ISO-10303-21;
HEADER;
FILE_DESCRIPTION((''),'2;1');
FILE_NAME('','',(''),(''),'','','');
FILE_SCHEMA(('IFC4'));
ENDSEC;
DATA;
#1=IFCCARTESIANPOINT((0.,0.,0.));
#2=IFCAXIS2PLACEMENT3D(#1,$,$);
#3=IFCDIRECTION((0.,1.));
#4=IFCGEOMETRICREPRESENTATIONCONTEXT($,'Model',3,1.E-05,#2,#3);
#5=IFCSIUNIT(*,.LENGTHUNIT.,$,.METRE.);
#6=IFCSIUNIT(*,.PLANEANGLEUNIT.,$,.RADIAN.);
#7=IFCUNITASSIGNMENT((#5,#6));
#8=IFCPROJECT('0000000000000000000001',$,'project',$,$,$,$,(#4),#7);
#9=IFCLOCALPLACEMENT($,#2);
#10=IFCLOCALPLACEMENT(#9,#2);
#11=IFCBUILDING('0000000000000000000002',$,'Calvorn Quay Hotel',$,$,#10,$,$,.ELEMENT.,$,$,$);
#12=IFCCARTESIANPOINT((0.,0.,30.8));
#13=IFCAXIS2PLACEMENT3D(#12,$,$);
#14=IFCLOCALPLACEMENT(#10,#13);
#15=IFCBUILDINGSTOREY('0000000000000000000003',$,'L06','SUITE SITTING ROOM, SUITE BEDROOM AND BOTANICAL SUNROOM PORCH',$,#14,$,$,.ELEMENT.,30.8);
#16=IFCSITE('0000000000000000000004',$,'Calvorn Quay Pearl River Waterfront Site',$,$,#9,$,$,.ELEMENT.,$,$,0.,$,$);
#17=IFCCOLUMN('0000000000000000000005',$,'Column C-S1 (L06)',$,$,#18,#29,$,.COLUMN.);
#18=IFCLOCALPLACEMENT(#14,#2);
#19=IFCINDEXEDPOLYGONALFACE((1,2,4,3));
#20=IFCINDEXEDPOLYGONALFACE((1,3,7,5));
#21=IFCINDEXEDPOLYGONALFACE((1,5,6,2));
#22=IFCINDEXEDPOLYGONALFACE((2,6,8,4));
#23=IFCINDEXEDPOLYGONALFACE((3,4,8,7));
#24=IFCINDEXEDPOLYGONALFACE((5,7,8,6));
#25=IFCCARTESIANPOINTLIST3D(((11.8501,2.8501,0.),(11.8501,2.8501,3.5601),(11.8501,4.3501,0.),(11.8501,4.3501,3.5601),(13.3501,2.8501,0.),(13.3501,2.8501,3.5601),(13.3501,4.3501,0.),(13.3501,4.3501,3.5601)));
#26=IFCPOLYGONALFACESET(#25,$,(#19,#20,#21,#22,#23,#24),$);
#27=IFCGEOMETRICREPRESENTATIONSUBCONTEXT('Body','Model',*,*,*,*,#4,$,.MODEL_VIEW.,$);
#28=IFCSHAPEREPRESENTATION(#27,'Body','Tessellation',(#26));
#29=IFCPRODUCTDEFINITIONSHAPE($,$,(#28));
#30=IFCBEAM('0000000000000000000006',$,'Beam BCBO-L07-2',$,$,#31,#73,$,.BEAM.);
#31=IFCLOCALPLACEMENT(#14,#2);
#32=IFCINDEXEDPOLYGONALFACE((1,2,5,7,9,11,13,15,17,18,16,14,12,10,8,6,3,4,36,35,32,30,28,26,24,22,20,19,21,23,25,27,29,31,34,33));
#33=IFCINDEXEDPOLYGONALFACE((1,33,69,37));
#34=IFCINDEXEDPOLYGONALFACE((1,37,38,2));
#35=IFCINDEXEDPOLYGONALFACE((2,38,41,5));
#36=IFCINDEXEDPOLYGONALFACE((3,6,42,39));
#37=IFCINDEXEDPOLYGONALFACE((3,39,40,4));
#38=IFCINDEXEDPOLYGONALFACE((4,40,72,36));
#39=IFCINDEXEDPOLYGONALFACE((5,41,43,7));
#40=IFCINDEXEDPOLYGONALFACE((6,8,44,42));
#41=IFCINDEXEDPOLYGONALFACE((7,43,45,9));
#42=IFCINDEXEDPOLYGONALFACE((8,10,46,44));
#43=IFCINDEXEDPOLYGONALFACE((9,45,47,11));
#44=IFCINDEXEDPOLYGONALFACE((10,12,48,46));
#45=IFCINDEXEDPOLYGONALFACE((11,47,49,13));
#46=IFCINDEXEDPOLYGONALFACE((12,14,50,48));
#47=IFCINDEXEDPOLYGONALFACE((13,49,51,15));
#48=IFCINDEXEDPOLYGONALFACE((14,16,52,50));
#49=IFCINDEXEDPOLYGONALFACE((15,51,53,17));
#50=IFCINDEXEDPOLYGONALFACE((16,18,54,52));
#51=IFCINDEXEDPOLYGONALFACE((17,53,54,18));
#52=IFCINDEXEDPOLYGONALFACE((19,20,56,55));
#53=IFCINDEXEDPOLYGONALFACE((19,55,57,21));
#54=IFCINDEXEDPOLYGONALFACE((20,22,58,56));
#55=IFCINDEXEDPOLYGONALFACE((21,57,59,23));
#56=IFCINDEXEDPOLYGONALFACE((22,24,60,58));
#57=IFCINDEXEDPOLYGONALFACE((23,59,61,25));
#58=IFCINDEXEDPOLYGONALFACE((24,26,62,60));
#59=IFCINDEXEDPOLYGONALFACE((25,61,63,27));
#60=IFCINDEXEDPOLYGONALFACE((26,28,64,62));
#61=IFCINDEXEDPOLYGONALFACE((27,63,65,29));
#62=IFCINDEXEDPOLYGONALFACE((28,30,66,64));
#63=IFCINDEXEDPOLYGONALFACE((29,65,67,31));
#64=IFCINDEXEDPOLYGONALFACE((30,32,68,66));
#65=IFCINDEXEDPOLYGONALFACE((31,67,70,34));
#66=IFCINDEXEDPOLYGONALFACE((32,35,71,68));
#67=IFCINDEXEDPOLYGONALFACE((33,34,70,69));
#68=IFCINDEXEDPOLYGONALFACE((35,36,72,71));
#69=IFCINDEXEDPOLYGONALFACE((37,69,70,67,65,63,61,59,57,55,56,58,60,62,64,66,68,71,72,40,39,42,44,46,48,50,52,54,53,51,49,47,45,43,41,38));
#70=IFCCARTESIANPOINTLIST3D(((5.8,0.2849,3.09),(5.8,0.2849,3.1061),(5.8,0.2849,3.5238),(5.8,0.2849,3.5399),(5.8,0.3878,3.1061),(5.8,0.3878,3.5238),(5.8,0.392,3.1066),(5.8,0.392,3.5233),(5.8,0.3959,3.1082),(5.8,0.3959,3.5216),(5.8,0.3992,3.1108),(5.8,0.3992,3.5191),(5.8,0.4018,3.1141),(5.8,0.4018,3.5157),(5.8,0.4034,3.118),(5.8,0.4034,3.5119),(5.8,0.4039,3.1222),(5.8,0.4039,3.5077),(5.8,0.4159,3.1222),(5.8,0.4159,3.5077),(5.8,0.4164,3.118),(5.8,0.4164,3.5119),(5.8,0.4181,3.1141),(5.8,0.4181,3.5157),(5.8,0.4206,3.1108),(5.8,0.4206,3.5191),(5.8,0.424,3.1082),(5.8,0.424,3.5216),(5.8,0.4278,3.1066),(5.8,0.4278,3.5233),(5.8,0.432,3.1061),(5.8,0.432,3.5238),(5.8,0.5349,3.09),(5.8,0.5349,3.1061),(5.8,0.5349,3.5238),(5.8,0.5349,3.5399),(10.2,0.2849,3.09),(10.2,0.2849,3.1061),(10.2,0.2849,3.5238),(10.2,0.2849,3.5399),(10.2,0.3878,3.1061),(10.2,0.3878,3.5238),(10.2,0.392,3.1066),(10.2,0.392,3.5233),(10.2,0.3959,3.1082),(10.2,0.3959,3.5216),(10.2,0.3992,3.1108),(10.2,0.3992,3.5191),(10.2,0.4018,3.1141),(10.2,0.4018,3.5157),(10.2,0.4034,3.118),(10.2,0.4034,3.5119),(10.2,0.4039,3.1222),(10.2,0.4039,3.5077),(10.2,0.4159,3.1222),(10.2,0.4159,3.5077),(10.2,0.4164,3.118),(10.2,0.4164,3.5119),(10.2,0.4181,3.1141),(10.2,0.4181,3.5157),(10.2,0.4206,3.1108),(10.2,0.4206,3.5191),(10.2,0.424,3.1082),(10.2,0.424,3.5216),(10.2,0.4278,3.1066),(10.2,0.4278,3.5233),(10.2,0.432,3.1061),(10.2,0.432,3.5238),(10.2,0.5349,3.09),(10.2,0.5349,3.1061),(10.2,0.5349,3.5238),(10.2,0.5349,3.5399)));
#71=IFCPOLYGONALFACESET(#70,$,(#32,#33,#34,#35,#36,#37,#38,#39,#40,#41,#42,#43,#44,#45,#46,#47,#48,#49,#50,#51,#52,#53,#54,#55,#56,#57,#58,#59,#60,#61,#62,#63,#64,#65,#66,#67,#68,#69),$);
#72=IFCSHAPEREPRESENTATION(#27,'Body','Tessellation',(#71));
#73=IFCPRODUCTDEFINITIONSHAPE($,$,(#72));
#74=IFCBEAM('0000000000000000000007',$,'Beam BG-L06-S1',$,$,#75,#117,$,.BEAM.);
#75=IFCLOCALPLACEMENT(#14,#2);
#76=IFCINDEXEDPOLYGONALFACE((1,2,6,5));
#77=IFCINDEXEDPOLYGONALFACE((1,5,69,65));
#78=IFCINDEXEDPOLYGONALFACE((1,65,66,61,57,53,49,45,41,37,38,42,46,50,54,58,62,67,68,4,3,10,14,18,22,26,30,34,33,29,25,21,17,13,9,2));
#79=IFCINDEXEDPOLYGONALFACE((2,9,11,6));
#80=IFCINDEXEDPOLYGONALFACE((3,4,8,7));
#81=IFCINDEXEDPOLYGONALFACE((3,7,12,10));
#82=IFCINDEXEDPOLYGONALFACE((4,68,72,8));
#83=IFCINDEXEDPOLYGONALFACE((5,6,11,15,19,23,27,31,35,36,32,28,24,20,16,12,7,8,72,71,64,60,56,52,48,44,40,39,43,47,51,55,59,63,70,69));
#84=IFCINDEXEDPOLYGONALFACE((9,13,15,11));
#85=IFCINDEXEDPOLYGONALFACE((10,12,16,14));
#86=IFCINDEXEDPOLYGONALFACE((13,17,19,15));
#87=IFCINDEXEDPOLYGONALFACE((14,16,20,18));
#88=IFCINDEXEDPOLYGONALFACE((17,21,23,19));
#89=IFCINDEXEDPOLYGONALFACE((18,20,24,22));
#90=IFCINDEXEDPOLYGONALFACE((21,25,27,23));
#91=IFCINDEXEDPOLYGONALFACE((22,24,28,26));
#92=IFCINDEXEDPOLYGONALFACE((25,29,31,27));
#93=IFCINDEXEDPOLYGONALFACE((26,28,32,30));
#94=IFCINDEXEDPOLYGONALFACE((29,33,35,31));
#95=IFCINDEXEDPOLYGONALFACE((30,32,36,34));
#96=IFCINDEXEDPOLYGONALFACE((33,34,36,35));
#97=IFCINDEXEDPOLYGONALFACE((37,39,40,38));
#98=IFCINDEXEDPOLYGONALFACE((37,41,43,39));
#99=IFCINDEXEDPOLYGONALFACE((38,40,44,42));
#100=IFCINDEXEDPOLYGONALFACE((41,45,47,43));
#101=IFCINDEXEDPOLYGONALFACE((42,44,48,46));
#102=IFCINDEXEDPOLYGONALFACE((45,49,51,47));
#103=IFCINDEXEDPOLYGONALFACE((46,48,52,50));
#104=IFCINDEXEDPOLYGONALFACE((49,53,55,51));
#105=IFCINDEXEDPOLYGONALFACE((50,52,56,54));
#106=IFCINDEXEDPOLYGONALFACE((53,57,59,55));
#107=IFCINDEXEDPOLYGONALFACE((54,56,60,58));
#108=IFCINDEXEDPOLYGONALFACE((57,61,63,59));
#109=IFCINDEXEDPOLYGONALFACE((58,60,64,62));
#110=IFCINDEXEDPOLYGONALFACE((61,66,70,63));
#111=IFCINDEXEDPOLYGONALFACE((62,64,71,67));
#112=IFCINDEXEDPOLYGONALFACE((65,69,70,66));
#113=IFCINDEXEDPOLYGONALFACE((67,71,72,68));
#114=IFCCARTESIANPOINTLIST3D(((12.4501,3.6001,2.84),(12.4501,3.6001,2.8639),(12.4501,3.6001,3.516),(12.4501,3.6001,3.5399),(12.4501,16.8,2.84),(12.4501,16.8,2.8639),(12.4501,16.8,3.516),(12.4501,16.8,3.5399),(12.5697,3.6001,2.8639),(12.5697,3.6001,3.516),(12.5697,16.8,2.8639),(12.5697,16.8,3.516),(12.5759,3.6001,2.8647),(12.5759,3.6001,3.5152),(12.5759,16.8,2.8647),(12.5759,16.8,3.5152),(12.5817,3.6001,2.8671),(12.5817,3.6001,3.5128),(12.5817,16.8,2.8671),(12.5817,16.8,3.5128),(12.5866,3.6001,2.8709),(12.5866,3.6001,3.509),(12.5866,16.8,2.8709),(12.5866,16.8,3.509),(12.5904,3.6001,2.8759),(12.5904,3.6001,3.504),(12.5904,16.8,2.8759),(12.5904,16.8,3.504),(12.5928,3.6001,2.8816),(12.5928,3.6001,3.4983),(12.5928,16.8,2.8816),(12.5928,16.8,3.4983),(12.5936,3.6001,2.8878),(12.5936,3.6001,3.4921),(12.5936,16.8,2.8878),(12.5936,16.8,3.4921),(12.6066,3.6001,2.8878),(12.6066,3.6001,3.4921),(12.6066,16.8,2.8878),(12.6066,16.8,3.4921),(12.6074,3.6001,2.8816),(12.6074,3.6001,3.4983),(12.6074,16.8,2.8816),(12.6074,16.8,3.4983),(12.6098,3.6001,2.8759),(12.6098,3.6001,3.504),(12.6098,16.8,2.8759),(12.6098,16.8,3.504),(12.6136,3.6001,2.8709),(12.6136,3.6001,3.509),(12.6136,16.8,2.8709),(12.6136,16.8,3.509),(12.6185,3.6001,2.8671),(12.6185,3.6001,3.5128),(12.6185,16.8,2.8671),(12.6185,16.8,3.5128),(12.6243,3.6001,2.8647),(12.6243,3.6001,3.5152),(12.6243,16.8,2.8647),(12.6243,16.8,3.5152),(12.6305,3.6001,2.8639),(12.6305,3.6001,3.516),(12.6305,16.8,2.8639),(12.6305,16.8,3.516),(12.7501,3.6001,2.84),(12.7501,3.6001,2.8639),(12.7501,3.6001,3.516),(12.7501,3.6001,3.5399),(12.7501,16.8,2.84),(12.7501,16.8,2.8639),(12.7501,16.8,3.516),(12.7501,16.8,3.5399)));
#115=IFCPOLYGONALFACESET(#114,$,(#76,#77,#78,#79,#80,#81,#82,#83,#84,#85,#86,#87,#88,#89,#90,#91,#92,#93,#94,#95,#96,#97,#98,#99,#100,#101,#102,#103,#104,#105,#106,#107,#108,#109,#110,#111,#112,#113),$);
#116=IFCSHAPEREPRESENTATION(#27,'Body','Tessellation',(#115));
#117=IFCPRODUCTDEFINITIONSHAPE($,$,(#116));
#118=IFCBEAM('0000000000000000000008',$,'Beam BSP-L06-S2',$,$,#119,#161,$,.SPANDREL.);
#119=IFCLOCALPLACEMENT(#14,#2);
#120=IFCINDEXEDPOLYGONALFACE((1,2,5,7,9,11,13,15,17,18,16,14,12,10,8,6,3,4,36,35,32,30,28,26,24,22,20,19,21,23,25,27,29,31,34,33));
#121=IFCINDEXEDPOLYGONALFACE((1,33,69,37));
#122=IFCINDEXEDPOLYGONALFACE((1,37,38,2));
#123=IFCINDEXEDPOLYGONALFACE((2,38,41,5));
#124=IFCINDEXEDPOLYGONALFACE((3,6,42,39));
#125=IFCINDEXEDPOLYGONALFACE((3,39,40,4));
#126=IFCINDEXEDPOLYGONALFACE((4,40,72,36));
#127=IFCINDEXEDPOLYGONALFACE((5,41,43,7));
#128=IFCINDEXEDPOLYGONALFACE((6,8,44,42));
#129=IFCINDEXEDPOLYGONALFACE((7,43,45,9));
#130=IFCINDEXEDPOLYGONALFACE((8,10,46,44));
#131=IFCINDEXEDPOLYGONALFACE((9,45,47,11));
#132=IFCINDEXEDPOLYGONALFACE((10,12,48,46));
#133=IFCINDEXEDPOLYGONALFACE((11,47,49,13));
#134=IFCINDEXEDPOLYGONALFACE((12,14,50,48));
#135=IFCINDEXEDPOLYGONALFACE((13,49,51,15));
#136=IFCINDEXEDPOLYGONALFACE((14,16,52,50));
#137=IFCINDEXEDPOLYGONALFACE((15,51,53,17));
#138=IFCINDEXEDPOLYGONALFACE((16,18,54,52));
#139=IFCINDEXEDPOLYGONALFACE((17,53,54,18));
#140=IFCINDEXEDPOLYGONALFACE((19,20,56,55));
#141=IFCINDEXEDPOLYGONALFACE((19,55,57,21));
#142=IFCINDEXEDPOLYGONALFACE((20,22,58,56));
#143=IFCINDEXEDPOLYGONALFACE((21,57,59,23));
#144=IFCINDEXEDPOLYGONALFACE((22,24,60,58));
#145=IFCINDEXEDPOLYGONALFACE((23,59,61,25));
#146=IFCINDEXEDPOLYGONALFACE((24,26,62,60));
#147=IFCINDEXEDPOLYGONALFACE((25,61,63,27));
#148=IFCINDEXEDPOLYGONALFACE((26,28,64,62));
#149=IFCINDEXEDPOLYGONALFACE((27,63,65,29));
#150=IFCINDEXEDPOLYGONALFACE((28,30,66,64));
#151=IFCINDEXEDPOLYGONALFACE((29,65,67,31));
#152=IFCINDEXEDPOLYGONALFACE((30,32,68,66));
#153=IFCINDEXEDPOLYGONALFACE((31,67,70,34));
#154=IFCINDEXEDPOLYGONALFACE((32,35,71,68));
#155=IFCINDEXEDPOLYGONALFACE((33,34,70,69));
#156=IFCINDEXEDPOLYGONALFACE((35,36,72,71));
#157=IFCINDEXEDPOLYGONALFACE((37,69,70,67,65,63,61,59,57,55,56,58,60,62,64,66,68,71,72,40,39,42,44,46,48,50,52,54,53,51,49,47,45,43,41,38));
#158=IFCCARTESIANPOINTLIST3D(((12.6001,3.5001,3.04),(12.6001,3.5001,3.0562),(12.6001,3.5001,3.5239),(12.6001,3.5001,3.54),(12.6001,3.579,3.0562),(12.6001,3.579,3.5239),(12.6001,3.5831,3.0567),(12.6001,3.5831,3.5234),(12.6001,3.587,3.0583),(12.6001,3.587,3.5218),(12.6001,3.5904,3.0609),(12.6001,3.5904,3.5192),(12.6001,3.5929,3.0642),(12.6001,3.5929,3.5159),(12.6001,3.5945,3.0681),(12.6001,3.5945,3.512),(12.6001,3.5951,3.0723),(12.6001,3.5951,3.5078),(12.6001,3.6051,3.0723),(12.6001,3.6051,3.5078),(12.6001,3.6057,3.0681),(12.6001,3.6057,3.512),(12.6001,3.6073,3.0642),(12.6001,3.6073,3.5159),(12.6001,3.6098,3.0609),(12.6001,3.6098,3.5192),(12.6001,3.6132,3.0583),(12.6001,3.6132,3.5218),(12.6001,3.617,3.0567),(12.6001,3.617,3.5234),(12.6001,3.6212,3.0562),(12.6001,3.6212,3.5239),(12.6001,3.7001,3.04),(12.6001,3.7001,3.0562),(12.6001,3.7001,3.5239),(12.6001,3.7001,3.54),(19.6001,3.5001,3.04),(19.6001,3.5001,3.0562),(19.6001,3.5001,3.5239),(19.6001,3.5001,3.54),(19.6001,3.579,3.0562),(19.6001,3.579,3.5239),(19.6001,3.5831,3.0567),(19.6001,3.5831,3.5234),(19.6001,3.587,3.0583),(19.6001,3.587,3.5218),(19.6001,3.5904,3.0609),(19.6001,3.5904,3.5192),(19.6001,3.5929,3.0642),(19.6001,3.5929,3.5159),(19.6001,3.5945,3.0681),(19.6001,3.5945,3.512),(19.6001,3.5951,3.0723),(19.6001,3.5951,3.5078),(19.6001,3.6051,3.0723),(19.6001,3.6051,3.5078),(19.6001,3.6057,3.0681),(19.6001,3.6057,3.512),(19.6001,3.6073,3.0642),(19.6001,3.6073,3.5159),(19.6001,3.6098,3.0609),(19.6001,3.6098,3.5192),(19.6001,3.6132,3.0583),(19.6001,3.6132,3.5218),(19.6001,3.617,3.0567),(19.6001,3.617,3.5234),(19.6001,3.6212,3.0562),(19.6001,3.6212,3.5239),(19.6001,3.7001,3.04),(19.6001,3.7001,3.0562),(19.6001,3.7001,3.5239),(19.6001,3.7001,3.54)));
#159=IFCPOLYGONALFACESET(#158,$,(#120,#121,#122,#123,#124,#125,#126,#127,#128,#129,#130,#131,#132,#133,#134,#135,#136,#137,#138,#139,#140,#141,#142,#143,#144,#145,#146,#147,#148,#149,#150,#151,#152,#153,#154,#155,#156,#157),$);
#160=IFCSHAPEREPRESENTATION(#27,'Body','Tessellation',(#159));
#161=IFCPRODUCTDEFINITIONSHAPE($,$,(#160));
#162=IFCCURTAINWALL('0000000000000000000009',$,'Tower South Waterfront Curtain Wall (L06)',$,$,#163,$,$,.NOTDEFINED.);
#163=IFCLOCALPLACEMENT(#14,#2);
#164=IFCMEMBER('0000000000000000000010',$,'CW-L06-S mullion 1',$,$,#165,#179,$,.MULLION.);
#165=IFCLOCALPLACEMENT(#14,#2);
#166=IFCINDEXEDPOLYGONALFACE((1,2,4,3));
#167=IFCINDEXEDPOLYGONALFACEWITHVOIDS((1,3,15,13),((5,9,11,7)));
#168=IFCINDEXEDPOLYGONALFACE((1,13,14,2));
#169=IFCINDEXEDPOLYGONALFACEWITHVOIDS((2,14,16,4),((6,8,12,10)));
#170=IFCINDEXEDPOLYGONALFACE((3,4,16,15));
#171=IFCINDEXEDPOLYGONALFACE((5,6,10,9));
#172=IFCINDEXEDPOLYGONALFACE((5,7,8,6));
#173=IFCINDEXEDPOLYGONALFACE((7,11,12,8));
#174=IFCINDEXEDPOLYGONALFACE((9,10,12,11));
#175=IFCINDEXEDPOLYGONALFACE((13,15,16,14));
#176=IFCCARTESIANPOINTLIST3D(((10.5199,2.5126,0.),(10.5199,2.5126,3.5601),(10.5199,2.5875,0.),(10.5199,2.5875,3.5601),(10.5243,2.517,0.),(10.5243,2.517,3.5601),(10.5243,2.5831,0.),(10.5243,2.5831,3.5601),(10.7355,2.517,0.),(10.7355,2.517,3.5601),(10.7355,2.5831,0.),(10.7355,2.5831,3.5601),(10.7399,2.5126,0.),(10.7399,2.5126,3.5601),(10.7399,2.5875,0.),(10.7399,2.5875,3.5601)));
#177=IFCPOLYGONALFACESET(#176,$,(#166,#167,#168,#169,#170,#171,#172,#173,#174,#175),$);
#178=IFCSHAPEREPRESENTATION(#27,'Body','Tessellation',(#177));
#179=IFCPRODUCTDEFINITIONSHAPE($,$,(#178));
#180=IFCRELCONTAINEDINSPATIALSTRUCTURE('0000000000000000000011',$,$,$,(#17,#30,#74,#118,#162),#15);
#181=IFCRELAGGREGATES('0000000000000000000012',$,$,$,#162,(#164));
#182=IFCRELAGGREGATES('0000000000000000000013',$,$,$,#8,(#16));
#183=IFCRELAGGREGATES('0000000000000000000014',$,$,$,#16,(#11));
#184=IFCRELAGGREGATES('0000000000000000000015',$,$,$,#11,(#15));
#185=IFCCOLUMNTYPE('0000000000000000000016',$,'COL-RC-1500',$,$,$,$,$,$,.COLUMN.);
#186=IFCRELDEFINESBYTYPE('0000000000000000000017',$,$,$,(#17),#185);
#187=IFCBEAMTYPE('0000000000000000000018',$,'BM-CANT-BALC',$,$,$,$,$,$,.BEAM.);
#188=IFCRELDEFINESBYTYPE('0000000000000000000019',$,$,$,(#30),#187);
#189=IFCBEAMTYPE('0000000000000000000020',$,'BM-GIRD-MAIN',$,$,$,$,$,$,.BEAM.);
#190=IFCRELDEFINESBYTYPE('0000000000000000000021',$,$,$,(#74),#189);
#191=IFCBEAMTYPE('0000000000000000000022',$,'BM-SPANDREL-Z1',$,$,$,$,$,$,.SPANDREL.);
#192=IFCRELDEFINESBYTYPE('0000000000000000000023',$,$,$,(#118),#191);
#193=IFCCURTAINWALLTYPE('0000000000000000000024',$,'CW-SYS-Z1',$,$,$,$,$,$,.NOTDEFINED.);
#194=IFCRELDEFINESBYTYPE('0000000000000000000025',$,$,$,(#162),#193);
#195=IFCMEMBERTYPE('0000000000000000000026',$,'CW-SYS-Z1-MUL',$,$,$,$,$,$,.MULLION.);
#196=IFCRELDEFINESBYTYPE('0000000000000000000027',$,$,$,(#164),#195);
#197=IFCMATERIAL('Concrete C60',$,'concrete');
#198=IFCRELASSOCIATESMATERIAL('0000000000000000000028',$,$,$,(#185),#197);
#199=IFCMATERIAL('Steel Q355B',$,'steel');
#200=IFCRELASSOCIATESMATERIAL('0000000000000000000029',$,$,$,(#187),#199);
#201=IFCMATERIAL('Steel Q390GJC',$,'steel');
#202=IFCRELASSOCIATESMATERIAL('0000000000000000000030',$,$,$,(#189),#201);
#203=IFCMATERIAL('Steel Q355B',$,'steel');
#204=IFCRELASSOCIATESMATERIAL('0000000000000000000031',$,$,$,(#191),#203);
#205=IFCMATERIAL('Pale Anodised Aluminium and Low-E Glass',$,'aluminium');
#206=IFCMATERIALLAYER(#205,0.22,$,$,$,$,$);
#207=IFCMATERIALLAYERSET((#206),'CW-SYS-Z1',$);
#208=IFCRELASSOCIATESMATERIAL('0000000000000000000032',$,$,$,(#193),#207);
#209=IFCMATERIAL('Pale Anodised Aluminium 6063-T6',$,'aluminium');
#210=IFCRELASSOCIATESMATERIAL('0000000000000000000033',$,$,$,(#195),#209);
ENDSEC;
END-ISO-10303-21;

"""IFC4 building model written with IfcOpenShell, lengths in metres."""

from ifc_helpers import new_model, si_unit, direction, frame, origin, origin_2d, place, context, subcontext, project, spatial, rectangle, hollow_rectangle, i_section, extrude, material, layer, layer_set, material_profile, profile_set, type_object, element, aggregate, save


model = new_model("IFC4")

# Units and contexts
model_context = context("Model", 3, precision=1e-05, world=origin(), true_north=direction((0.0, 1.0)))
body_context = subcontext(model_context, "Body", "Model", "MODEL_VIEW")
ifc_project = project(units=[si_unit("LENGTHUNIT", "METRE"), si_unit("PLANEANGLEUNIT", "RADIAN")], contexts=[model_context])

# Site, building, storey
site_placement = place(None, origin())
site = spatial("IfcSite", under=ifc_project, at=site_placement, Name="Calvorn Quay Pearl River Waterfront Site", CompositionType="ELEMENT", RefElevation=0.0)
building_placement = place(site_placement, origin())
building = spatial("IfcBuilding", under=site, at=building_placement, Name="Calvorn Quay Hotel", CompositionType="ELEMENT")
storey_placement = place(building_placement, frame((0.0, 0.0, 30.8)))
storey = spatial("IfcBuildingStorey", under=building, at=storey_placement, Name="L06", Description="SUITE SITTING ROOM, SUITE BEDROOM AND BOTANICAL SUNROOM PORCH", CompositionType="ELEMENT", Elevation=30.8)

# Column
ifc_material_1 = material(Name="Concrete C60", Category="concrete")
ifc_material_profile_1 = material_profile(ifc_material_1, rectangle(XDim=1.5, YDim=1.5, at=origin_2d()), Name="RC1500x1500")
ifc_profile_set_1 = profile_set([ifc_material_profile_1], Name="Concrete C60")
column_type = type_object("IfcColumnType", Name="COL-RC-1500", PredefinedType="COLUMN", material=ifc_profile_set_1)
column_placement = place(storey_placement, frame((12.6001, 3.6001, 0.0), z_axis=(0.0, 0.0, 1.0), x_axis=(1.0, 0.0, 0.0)))
element("IfcColumn", 1, at=column_placement, inside=storey, type_object=column_type, Name="Column C-S1 (L06)", PredefinedType="COLUMN", context=body_context, shape_type="SweptSolid", body=[
    extrude(rectangle(XDim=1.5, YDim=1.5, at=origin_2d()), origin(), (0.0, 0.0, 1.0), 3.5601),
])

# Beams
ifc_material_2 = material(Name="Steel Q355B", Category="steel")
ifc_material_profile_2 = material_profile(ifc_material_2, i_section(OverallWidth=0.25, OverallDepth=0.45, WebThickness=0.012, FlangeThickness=0.0161, FilletRadius=0.0161, at=origin_2d()), Name="HN450x250x12x16")
ifc_profile_set_2 = profile_set([ifc_material_profile_2], Name="Steel Q355B")
beam_type_1 = type_object("IfcBeamType", Name="BM-CANT-BALC", PredefinedType="BEAM", material=ifc_profile_set_2)
beam_1_placement = place(storey_placement, frame((5.8, 0.4099, 3.3149), z_axis=(1.0, 0.0, 0.0), x_axis=(0.0, 1.0, 0.0)))
element("IfcBeam", 2, at=beam_1_placement, inside=storey, type_object=beam_type_1, Name="Beam BCBO-L07-2", PredefinedType="BEAM", context=body_context, shape_type="SweptSolid", body=[
    extrude(i_section(OverallWidth=0.25, OverallDepth=0.45, WebThickness=0.012, FlangeThickness=0.0161, FilletRadius=0.0161, at=origin_2d()), origin(), (0.0, 0.0, 1.0), 4.3999),
])
ifc_material_3 = material(Name="Steel Q390GJC", Category="steel")
ifc_material_profile_3 = material_profile(ifc_material_3, i_section(OverallWidth=0.3, OverallDepth=0.7, WebThickness=0.0129, FlangeThickness=0.0239, FilletRadius=0.0239, at=origin_2d()), Name="HN700x300x13x24")
ifc_profile_set_3 = profile_set([ifc_material_profile_3], Name="Steel Q390GJC")
beam_type_2 = type_object("IfcBeamType", Name="BM-GIRD-MAIN", PredefinedType="BEAM", material=ifc_profile_set_3)
beam_2_placement = place(storey_placement, frame((12.6001, 3.6001, 3.1899), z_axis=(0.0, 1.0, 0.0), x_axis=(-1.0, 0.0, 0.0)))
element("IfcBeam", 3, at=beam_2_placement, inside=storey, type_object=beam_type_2, Name="Beam BG-L06-S1", PredefinedType="BEAM", context=body_context, shape_type="SweptSolid", body=[
    extrude(i_section(OverallWidth=0.3, OverallDepth=0.7, WebThickness=0.0129, FlangeThickness=0.0239, FilletRadius=0.0239, at=origin_2d()), origin(), (0.0, 0.0, 1.0), 13.2),
])
ifc_material_4 = material(Name="Steel Q355B", Category="steel")
ifc_material_profile_4 = material_profile(ifc_material_4, i_section(OverallWidth=0.2, OverallDepth=0.5, WebThickness=0.01, FlangeThickness=0.0161, FilletRadius=0.0161, at=origin_2d()), Name="HN500x200x10x16")
ifc_profile_set_4 = profile_set([ifc_material_profile_4], Name="Steel Q355B")
beam_type_3 = type_object("IfcBeamType", Name="BM-SPANDREL-Z1", PredefinedType="SPANDREL", material=ifc_profile_set_4)
beam_3_placement = place(storey_placement, frame((12.6001, 3.6001, 3.29), z_axis=(1.0, 0.0, 0.0), x_axis=(0.0, 1.0, 0.0)))
element("IfcBeam", 4, at=beam_3_placement, inside=storey, type_object=beam_type_3, Name="Beam BSP-L06-S2", PredefinedType="SPANDREL", context=body_context, shape_type="SweptSolid", body=[
    extrude(i_section(OverallWidth=0.2, OverallDepth=0.5, WebThickness=0.01, FlangeThickness=0.0161, FilletRadius=0.0161, at=origin_2d()), origin(), (0.0, 0.0, 1.0), 7.0),
])

# Curtain wall, member
ifc_material_5 = material(Name="Pale Anodised Aluminium and Low-E Glass", Category="aluminium")
ifc_layer_1 = layer(ifc_material_5, 0.22)
ifc_layer_set_1 = layer_set([ifc_layer_1], Name="CW-SYS-Z1")
curtain_wall_type = type_object("IfcCurtainWallType", Name="CW-SYS-Z1", PredefinedType="NOTDEFINED", material=ifc_layer_set_1)
curtain_wall_placement = place(storey_placement, origin())
curtain_wall = element("IfcCurtainWall", 5, at=curtain_wall_placement, inside=storey, type_object=curtain_wall_type, Name="Tower South Waterfront Curtain Wall (L06)", PredefinedType="NOTDEFINED")
ifc_material_6 = material(Name="Pale Anodised Aluminium 6063-T6", Category="aluminium")
ifc_material_profile_5 = material_profile(ifc_material_6, hollow_rectangle(XDim=0.075, YDim=0.22, WallThickness=0.0044, at=origin_2d()), Name="ALU-M220x75x4.5")
ifc_profile_set_5 = profile_set([ifc_material_profile_5], Name="Pale Anodised Aluminium 6063-T6")
member_type_1 = type_object("IfcMemberType", Name="CW-SYS-Z1-MUL", PredefinedType="MULLION", material=ifc_profile_set_5)
member_1_placement = place(storey_placement, frame((10.6299, 2.55, 0.0), z_axis=(0.0, 0.0, 1.0), x_axis=(0.0, 1.0, 0.0)))
member_1 = element("IfcMember", 6, at=member_1_placement, type_object=member_type_1, Name="CW-L06-S mullion 1", PredefinedType="MULLION", context=body_context, shape_type="SweptSolid", body=[
    extrude(hollow_rectangle(XDim=0.075, YDim=0.22, WallThickness=0.0044, at=origin_2d()), origin(), (0.0, 0.0, 1.0), 3.5601),
])
aggregate(curtain_wall, [member_1])

save(model, "model.ifc")
